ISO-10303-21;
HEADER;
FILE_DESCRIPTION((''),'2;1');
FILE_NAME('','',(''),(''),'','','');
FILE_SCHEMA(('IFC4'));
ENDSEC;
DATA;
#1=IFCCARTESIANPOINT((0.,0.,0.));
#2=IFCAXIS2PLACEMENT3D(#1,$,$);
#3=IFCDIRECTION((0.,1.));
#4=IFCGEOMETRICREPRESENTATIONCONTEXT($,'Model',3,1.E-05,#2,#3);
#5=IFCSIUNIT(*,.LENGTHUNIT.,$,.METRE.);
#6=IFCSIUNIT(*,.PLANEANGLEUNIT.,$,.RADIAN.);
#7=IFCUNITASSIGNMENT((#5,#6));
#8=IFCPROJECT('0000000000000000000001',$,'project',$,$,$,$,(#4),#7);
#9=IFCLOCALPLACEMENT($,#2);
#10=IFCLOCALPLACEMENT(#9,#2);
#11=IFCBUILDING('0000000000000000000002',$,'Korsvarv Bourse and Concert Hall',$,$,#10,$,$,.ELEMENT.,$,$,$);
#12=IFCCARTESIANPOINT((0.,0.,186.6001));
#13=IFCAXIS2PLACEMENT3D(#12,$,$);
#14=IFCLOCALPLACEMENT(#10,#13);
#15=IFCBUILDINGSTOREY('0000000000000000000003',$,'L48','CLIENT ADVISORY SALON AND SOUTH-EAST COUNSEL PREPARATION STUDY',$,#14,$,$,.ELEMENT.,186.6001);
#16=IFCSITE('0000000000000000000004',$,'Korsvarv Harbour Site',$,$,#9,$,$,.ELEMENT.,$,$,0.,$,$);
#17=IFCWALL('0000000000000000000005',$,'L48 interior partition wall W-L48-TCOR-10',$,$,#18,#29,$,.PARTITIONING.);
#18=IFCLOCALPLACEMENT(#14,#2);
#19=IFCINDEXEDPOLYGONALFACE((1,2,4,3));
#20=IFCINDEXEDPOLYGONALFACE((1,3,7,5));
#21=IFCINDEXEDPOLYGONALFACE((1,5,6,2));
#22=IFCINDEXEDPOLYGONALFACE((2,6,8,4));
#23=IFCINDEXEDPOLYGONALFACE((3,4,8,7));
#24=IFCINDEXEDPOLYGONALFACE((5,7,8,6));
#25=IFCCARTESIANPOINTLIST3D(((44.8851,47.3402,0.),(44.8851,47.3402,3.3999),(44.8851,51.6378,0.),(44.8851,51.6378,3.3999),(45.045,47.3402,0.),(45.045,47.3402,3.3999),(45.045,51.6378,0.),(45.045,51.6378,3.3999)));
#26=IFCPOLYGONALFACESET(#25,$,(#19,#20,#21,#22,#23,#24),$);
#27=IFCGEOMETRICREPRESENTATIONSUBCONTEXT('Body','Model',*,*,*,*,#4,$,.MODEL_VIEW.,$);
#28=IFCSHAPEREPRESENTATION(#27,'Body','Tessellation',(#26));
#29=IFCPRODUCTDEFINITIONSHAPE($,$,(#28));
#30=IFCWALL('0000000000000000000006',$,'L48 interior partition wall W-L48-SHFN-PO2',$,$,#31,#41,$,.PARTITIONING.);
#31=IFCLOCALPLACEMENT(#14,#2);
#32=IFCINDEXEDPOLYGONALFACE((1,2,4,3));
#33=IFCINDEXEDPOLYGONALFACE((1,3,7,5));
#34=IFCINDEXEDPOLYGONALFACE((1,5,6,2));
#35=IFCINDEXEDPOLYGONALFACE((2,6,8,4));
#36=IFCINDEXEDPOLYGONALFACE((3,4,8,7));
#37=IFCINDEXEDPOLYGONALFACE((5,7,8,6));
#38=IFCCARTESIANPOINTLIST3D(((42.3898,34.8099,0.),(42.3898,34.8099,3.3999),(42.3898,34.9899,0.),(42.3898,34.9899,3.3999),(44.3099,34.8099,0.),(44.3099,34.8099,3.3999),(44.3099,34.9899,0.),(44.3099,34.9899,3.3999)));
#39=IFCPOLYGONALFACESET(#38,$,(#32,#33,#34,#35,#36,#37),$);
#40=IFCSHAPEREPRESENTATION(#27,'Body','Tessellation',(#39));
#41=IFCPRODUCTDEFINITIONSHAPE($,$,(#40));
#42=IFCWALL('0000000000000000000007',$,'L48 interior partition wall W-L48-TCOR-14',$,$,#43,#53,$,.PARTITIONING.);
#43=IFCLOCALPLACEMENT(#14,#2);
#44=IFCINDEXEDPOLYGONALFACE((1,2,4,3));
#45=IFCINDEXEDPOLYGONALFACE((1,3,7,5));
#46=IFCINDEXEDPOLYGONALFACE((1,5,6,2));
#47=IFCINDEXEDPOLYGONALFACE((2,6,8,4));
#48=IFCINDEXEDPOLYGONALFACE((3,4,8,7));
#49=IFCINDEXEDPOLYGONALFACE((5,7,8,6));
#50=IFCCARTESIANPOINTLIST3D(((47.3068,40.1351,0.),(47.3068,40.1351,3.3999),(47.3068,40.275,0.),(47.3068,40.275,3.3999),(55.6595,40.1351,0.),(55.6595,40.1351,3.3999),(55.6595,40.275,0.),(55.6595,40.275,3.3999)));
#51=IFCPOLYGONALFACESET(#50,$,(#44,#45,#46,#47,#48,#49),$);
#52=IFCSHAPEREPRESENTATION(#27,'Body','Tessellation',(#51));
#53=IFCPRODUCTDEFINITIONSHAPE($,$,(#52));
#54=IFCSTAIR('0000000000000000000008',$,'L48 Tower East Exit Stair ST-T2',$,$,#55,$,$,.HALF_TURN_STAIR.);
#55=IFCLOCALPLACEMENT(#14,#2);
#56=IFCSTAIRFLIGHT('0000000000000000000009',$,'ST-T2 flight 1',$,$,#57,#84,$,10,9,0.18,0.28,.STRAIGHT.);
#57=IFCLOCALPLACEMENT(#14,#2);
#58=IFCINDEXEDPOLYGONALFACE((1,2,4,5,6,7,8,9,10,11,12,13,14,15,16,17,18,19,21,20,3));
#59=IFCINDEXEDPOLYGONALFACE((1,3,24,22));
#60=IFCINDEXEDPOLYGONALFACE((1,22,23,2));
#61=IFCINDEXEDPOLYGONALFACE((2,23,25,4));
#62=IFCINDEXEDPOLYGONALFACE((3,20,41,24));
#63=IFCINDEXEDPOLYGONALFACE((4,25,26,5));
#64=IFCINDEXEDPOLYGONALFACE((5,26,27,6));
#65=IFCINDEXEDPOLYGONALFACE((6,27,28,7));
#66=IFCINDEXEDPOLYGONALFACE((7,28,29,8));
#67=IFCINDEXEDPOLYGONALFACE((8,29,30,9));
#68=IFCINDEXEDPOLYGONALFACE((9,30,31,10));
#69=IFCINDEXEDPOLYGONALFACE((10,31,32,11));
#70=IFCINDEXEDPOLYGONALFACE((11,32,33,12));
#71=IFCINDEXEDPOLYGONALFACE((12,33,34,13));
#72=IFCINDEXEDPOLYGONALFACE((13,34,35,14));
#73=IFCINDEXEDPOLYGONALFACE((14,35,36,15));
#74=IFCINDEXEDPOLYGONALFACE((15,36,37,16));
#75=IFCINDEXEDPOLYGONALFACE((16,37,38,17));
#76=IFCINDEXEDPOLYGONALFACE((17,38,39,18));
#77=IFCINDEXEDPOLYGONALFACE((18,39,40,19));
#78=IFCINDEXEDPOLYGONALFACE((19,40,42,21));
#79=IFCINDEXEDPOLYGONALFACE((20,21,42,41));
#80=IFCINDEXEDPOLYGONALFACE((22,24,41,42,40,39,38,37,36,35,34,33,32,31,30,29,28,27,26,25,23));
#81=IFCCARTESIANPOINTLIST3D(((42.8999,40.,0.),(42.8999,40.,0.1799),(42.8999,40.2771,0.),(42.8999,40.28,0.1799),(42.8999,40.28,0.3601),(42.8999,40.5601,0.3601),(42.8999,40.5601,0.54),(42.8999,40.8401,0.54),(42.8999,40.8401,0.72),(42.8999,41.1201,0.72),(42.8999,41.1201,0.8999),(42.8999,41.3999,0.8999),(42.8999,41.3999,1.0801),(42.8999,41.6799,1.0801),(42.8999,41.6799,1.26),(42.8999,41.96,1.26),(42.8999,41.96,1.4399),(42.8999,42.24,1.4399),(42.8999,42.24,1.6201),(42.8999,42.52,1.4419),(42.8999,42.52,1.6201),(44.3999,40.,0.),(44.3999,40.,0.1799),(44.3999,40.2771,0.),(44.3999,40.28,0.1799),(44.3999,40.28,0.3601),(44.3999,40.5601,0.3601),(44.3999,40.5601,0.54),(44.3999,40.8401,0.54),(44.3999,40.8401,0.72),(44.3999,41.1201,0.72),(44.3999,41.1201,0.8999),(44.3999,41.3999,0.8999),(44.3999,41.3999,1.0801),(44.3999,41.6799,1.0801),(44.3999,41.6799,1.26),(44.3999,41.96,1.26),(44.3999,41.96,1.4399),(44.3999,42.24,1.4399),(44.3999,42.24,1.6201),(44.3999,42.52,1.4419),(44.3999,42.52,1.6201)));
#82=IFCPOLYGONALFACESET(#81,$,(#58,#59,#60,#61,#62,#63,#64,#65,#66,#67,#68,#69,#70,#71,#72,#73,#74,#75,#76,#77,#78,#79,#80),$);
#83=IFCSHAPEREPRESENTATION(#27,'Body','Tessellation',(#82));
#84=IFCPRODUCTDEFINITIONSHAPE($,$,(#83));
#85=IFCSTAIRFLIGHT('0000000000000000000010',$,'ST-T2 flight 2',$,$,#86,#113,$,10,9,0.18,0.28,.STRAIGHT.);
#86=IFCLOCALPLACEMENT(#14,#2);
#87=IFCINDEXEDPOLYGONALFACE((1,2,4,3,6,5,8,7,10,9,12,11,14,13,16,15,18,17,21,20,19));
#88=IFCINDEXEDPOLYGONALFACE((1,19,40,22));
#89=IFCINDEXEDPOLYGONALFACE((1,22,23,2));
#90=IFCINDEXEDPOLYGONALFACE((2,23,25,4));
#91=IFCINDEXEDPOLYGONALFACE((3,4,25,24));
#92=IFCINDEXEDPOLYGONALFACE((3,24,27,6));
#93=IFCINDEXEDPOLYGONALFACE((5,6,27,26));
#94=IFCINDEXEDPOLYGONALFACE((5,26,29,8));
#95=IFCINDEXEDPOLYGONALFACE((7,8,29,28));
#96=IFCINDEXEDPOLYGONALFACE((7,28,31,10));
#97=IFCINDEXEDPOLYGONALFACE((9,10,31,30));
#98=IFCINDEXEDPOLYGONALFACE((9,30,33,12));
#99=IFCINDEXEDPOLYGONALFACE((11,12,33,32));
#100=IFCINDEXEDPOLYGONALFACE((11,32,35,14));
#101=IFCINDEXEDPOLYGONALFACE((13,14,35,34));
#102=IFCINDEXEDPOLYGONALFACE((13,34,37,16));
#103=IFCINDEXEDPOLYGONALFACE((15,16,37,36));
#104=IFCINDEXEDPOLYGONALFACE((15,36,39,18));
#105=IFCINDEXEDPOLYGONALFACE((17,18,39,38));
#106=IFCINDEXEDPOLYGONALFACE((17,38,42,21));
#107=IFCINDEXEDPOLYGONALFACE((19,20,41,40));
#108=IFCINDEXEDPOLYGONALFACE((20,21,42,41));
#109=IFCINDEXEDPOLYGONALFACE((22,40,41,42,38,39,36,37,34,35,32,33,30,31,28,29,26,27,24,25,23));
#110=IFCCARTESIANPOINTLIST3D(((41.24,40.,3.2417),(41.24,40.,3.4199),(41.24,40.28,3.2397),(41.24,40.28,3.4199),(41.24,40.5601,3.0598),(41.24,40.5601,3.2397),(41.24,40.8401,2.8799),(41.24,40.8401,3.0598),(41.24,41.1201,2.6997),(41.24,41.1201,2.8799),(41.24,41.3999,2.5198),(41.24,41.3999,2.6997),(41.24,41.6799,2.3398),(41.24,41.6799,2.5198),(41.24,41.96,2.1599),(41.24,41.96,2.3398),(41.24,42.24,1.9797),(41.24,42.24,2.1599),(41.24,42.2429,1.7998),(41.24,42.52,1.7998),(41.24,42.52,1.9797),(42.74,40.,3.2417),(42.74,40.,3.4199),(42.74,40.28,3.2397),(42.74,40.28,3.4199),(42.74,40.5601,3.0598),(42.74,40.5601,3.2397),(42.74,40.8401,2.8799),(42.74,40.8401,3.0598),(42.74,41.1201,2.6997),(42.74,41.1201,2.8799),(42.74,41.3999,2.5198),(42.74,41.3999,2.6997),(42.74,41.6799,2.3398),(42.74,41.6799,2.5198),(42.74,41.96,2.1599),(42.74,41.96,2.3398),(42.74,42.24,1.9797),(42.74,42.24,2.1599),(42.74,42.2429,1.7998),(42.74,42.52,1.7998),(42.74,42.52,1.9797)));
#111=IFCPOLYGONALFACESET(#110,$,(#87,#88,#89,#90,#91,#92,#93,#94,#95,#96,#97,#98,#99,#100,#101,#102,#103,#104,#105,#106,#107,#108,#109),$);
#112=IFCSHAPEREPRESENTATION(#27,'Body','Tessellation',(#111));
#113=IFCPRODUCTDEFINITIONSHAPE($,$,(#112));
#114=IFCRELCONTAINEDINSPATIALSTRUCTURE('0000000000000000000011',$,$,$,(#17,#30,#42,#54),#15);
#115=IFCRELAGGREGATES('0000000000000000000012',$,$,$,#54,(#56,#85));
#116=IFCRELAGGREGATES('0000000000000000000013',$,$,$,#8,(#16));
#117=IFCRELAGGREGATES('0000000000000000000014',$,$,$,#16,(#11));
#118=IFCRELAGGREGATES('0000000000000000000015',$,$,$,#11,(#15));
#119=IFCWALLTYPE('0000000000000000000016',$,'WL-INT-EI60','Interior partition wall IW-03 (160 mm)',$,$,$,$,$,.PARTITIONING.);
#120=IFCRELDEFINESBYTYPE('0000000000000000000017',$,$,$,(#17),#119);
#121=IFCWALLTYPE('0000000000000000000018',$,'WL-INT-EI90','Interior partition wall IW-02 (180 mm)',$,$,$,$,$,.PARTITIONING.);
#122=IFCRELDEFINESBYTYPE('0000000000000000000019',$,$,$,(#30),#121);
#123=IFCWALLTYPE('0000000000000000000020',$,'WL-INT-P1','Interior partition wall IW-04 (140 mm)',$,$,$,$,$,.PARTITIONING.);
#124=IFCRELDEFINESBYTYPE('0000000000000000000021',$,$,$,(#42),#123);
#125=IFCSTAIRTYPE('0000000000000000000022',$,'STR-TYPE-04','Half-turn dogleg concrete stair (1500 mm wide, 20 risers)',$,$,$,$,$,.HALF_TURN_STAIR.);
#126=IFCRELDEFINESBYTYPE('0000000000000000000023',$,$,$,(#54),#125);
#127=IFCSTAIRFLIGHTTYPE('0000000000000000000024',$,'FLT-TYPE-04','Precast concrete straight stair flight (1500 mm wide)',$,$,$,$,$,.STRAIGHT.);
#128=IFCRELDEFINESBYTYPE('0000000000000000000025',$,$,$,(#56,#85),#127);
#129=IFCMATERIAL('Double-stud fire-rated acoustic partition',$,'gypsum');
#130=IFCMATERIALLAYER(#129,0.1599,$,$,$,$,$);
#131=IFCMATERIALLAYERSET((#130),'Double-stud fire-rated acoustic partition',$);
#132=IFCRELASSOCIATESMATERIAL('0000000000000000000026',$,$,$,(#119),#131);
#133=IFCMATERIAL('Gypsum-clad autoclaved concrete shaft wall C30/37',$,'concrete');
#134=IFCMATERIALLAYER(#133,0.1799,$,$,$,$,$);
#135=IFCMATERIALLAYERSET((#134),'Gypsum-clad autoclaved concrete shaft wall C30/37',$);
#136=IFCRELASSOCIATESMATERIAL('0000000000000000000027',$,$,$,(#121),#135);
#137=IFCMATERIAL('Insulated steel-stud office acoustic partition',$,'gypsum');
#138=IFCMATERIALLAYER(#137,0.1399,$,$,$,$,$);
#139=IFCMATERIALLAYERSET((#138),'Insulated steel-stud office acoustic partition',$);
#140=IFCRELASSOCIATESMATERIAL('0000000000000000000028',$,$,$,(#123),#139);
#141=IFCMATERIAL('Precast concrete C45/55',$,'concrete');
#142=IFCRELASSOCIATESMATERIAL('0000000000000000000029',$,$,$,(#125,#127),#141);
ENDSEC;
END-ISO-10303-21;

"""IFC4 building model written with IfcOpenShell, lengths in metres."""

from ifc_helpers import new_model, si_unit, direction, frame, frame_2d, origin, place, context, subcontext, project, spatial, polyline, rectangle, outline, extrude, material, layer, layer_set, type_object, element, aggregate, save


model = new_model("IFC4")

# Units and contexts
model_context = context("Model", 3, precision=1e-05, world=origin(), true_north=direction((0.0, 1.0)))
body_context = subcontext(model_context, "Body", "Model", "MODEL_VIEW")
ifc_project = project(units=[si_unit("LENGTHUNIT", "METRE"), si_unit("PLANEANGLEUNIT", "RADIAN")], contexts=[model_context])

# Site, building, storey
site_placement = place(None, origin())
site = spatial("IfcSite", under=ifc_project, at=site_placement, Name="Korsvarv Harbour Site", CompositionType="ELEMENT", RefElevation=0.0)
building_placement = place(site_placement, origin())
building = spatial("IfcBuilding", under=site, at=building_placement, Name="Korsvarv Bourse and Concert Hall", CompositionType="ELEMENT")
storey_placement = place(building_placement, frame((0.0, 0.0, 186.6001)))
storey = spatial("IfcBuildingStorey", under=building, at=storey_placement, Name="L48", Description="CLIENT ADVISORY SALON AND SOUTH-EAST COUNSEL PREPARATION STUDY", CompositionType="ELEMENT", Elevation=186.6001)

# Shared definitions
ifc_material_1 = material(Name="Double-stud fire-rated acoustic partition", Category="gypsum")
ifc_layer_1 = layer(ifc_material_1, 0.1599)
ifc_layer_set_1 = layer_set([ifc_layer_1], Name="Double-stud fire-rated acoustic partition")
wall_type_1 = type_object("IfcWallType", Name="WL-INT-EI60", Description="Interior partition wall IW-03 (160 mm)", PredefinedType="PARTITIONING", material=ifc_layer_set_1)

# Walls
wall_1_placement = place(storey_placement, frame((44.9651, 47.3401, 0.0), z_axis=(0.0, 0.0, 1.0), x_axis=(0.0, 1.0, 0.0)))
element("IfcWall", 1, at=wall_1_placement, inside=storey, type_object=wall_type_1, Name="L48 interior partition wall W-L48-TCOR-10", PredefinedType="PARTITIONING", context=body_context, shape_type="SweptSolid", body=[
    extrude(rectangle(XDim=4.2976, YDim=0.1599, at=frame_2d((2.1489, 0.0))), origin(), (0.0, 0.0, 1.0), 3.3999),
])
ifc_material_2 = material(Name="Gypsum-clad autoclaved concrete shaft wall C30/37", Category="concrete")
ifc_layer_2 = layer(ifc_material_2, 0.1799)
ifc_layer_set_2 = layer_set([ifc_layer_2], Name="Gypsum-clad autoclaved concrete shaft wall C30/37")
wall_type_2 = type_object("IfcWallType", Name="WL-INT-EI90", Description="Interior partition wall IW-02 (180 mm)", PredefinedType="PARTITIONING", material=ifc_layer_set_2)
wall_2_placement = place(storey_placement, frame((42.3899, 34.8999, 0.0), z_axis=(0.0, 0.0, 1.0), x_axis=(1.0, 0.0, 0.0)))
element("IfcWall", 2, at=wall_2_placement, inside=storey, type_object=wall_type_2, Name="L48 interior partition wall W-L48-SHFN-PO2", PredefinedType="PARTITIONING", context=body_context, shape_type="SweptSolid", body=[
    extrude(rectangle(XDim=1.9202, YDim=0.1799, at=frame_2d((0.96, 0.0))), origin(), (0.0, 0.0, 1.0), 3.3999),
])
ifc_material_3 = material(Name="Insulated steel-stud office acoustic partition", Category="gypsum")
ifc_layer_3 = layer(ifc_material_3, 0.1399)
ifc_layer_set_3 = layer_set([ifc_layer_3], Name="Insulated steel-stud office acoustic partition")
wall_type_3 = type_object("IfcWallType", Name="WL-INT-P1", Description="Interior partition wall IW-04 (140 mm)", PredefinedType="PARTITIONING", material=ifc_layer_set_3)
wall_3_placement = place(storey_placement, frame((47.3069, 40.2051, 0.0), z_axis=(0.0, 0.0, 1.0), x_axis=(1.0, 0.0, 0.0)))
element("IfcWall", 3, at=wall_3_placement, inside=storey, type_object=wall_type_3, Name="L48 interior partition wall W-L48-TCOR-14", PredefinedType="PARTITIONING", context=body_context, shape_type="SweptSolid", body=[
    extrude(rectangle(XDim=8.3528, YDim=0.1399, at=frame_2d((4.1763, 0.0))), origin(), (0.0, 0.0, 1.0), 3.3999),
])

# Stair, stair flights
ifc_material_4 = material(Name="Precast concrete C45/55", Category="concrete")
stair_type = type_object("IfcStairType", Name="STR-TYPE-04", Description="Half-turn dogleg concrete stair (1500 mm wide, 20 risers)", PredefinedType="HALF_TURN_STAIR", material=ifc_material_4)
stair_placement = place(storey_placement, origin())
stair = element("IfcStair", 4, at=stair_placement, inside=storey, type_object=stair_type, Name="L48 Tower East Exit Stair ST-T2", PredefinedType="HALF_TURN_STAIR")
stair_flight_type = type_object("IfcStairFlightType", Name="FLT-TYPE-04", Description="Precast concrete straight stair flight (1500 mm wide)", PredefinedType="STRAIGHT", material=ifc_material_4)
stair_flight_1_placement = place(storey_placement, frame((43.6499, 40.0, 0.0), z_axis=(0.0, 0.0, 1.0), x_axis=(0.0, 1.0, 0.0)))
stair_flight_1 = element("IfcStairFlight", 5, at=stair_flight_1_placement, type_object=stair_flight_type, Name="ST-T2 flight 1", NumberOfRisers=10, NumberOfTreads=9, PredefinedType="STRAIGHT", RiserHeight=0.18, TreadLength=0.28, context=body_context, shape_type="SweptSolid", body=[
    extrude(outline(polyline([(0.0, 0.0), (0.0, 0.1799), (0.28, 0.1799), (0.28, 0.3601), (0.5601, 0.3601), (0.5601, 0.54), (0.8401, 0.54), (0.8401, 0.72), (1.1201, 0.72), (1.1201, 0.8999), (1.3999, 0.8999), (1.3999, 1.0801), (1.6799, 1.0801), (1.6799, 1.26), (1.96, 1.26), (1.96, 1.4399), (2.24, 1.4399), (2.24, 1.6201), (2.52, 1.6201), (2.52, 1.8), (2.52, 1.4419), (0.2771, 0.0), (0.0, 0.0)])), frame((0.0, 0.75, 0.0), z_axis=(0.0, -1.0, 0.0), x_axis=(1.0, 0.0, 0.0)), (0.0, 0.0, 1.0), 1.5),
])
stair_flight_2_placement = place(storey_placement, frame((41.99, 42.52, 1.7998), z_axis=(0.0, 0.0, 1.0), x_axis=(0.0, -1.0, 0.0)))
stair_flight_2 = element("IfcStairFlight", 6, at=stair_flight_2_placement, type_object=stair_flight_type, Name="ST-T2 flight 2", NumberOfRisers=10, NumberOfTreads=9, PredefinedType="STRAIGHT", RiserHeight=0.18, TreadLength=0.28, context=body_context, shape_type="SweptSolid", body=[
    extrude(outline(polyline([(0.0, 0.0), (0.0, 0.1799), (0.28, 0.1799), (0.28, 0.3601), (0.5601, 0.3601), (0.5601, 0.54), (0.8401, 0.54), (0.8401, 0.72), (1.1201, 0.72), (1.1201, 0.8999), (1.3999, 0.8999), (1.3999, 1.0801), (1.6799, 1.0801), (1.6799, 1.26), (1.96, 1.26), (1.96, 1.4399), (2.24, 1.4399), (2.24, 1.6201), (2.52, 1.6201), (2.52, 1.8), (2.52, 1.4419), (0.2771, 0.0), (0.0, 0.0)])), frame((0.0, 0.75, 0.0), z_axis=(0.0, -1.0, 0.0), x_axis=(1.0, 0.0, 0.0)), (0.0, 0.0, 1.0), 1.5),
])
aggregate(stair, [stair_flight_1, stair_flight_2])

save(model, "model.ifc")
